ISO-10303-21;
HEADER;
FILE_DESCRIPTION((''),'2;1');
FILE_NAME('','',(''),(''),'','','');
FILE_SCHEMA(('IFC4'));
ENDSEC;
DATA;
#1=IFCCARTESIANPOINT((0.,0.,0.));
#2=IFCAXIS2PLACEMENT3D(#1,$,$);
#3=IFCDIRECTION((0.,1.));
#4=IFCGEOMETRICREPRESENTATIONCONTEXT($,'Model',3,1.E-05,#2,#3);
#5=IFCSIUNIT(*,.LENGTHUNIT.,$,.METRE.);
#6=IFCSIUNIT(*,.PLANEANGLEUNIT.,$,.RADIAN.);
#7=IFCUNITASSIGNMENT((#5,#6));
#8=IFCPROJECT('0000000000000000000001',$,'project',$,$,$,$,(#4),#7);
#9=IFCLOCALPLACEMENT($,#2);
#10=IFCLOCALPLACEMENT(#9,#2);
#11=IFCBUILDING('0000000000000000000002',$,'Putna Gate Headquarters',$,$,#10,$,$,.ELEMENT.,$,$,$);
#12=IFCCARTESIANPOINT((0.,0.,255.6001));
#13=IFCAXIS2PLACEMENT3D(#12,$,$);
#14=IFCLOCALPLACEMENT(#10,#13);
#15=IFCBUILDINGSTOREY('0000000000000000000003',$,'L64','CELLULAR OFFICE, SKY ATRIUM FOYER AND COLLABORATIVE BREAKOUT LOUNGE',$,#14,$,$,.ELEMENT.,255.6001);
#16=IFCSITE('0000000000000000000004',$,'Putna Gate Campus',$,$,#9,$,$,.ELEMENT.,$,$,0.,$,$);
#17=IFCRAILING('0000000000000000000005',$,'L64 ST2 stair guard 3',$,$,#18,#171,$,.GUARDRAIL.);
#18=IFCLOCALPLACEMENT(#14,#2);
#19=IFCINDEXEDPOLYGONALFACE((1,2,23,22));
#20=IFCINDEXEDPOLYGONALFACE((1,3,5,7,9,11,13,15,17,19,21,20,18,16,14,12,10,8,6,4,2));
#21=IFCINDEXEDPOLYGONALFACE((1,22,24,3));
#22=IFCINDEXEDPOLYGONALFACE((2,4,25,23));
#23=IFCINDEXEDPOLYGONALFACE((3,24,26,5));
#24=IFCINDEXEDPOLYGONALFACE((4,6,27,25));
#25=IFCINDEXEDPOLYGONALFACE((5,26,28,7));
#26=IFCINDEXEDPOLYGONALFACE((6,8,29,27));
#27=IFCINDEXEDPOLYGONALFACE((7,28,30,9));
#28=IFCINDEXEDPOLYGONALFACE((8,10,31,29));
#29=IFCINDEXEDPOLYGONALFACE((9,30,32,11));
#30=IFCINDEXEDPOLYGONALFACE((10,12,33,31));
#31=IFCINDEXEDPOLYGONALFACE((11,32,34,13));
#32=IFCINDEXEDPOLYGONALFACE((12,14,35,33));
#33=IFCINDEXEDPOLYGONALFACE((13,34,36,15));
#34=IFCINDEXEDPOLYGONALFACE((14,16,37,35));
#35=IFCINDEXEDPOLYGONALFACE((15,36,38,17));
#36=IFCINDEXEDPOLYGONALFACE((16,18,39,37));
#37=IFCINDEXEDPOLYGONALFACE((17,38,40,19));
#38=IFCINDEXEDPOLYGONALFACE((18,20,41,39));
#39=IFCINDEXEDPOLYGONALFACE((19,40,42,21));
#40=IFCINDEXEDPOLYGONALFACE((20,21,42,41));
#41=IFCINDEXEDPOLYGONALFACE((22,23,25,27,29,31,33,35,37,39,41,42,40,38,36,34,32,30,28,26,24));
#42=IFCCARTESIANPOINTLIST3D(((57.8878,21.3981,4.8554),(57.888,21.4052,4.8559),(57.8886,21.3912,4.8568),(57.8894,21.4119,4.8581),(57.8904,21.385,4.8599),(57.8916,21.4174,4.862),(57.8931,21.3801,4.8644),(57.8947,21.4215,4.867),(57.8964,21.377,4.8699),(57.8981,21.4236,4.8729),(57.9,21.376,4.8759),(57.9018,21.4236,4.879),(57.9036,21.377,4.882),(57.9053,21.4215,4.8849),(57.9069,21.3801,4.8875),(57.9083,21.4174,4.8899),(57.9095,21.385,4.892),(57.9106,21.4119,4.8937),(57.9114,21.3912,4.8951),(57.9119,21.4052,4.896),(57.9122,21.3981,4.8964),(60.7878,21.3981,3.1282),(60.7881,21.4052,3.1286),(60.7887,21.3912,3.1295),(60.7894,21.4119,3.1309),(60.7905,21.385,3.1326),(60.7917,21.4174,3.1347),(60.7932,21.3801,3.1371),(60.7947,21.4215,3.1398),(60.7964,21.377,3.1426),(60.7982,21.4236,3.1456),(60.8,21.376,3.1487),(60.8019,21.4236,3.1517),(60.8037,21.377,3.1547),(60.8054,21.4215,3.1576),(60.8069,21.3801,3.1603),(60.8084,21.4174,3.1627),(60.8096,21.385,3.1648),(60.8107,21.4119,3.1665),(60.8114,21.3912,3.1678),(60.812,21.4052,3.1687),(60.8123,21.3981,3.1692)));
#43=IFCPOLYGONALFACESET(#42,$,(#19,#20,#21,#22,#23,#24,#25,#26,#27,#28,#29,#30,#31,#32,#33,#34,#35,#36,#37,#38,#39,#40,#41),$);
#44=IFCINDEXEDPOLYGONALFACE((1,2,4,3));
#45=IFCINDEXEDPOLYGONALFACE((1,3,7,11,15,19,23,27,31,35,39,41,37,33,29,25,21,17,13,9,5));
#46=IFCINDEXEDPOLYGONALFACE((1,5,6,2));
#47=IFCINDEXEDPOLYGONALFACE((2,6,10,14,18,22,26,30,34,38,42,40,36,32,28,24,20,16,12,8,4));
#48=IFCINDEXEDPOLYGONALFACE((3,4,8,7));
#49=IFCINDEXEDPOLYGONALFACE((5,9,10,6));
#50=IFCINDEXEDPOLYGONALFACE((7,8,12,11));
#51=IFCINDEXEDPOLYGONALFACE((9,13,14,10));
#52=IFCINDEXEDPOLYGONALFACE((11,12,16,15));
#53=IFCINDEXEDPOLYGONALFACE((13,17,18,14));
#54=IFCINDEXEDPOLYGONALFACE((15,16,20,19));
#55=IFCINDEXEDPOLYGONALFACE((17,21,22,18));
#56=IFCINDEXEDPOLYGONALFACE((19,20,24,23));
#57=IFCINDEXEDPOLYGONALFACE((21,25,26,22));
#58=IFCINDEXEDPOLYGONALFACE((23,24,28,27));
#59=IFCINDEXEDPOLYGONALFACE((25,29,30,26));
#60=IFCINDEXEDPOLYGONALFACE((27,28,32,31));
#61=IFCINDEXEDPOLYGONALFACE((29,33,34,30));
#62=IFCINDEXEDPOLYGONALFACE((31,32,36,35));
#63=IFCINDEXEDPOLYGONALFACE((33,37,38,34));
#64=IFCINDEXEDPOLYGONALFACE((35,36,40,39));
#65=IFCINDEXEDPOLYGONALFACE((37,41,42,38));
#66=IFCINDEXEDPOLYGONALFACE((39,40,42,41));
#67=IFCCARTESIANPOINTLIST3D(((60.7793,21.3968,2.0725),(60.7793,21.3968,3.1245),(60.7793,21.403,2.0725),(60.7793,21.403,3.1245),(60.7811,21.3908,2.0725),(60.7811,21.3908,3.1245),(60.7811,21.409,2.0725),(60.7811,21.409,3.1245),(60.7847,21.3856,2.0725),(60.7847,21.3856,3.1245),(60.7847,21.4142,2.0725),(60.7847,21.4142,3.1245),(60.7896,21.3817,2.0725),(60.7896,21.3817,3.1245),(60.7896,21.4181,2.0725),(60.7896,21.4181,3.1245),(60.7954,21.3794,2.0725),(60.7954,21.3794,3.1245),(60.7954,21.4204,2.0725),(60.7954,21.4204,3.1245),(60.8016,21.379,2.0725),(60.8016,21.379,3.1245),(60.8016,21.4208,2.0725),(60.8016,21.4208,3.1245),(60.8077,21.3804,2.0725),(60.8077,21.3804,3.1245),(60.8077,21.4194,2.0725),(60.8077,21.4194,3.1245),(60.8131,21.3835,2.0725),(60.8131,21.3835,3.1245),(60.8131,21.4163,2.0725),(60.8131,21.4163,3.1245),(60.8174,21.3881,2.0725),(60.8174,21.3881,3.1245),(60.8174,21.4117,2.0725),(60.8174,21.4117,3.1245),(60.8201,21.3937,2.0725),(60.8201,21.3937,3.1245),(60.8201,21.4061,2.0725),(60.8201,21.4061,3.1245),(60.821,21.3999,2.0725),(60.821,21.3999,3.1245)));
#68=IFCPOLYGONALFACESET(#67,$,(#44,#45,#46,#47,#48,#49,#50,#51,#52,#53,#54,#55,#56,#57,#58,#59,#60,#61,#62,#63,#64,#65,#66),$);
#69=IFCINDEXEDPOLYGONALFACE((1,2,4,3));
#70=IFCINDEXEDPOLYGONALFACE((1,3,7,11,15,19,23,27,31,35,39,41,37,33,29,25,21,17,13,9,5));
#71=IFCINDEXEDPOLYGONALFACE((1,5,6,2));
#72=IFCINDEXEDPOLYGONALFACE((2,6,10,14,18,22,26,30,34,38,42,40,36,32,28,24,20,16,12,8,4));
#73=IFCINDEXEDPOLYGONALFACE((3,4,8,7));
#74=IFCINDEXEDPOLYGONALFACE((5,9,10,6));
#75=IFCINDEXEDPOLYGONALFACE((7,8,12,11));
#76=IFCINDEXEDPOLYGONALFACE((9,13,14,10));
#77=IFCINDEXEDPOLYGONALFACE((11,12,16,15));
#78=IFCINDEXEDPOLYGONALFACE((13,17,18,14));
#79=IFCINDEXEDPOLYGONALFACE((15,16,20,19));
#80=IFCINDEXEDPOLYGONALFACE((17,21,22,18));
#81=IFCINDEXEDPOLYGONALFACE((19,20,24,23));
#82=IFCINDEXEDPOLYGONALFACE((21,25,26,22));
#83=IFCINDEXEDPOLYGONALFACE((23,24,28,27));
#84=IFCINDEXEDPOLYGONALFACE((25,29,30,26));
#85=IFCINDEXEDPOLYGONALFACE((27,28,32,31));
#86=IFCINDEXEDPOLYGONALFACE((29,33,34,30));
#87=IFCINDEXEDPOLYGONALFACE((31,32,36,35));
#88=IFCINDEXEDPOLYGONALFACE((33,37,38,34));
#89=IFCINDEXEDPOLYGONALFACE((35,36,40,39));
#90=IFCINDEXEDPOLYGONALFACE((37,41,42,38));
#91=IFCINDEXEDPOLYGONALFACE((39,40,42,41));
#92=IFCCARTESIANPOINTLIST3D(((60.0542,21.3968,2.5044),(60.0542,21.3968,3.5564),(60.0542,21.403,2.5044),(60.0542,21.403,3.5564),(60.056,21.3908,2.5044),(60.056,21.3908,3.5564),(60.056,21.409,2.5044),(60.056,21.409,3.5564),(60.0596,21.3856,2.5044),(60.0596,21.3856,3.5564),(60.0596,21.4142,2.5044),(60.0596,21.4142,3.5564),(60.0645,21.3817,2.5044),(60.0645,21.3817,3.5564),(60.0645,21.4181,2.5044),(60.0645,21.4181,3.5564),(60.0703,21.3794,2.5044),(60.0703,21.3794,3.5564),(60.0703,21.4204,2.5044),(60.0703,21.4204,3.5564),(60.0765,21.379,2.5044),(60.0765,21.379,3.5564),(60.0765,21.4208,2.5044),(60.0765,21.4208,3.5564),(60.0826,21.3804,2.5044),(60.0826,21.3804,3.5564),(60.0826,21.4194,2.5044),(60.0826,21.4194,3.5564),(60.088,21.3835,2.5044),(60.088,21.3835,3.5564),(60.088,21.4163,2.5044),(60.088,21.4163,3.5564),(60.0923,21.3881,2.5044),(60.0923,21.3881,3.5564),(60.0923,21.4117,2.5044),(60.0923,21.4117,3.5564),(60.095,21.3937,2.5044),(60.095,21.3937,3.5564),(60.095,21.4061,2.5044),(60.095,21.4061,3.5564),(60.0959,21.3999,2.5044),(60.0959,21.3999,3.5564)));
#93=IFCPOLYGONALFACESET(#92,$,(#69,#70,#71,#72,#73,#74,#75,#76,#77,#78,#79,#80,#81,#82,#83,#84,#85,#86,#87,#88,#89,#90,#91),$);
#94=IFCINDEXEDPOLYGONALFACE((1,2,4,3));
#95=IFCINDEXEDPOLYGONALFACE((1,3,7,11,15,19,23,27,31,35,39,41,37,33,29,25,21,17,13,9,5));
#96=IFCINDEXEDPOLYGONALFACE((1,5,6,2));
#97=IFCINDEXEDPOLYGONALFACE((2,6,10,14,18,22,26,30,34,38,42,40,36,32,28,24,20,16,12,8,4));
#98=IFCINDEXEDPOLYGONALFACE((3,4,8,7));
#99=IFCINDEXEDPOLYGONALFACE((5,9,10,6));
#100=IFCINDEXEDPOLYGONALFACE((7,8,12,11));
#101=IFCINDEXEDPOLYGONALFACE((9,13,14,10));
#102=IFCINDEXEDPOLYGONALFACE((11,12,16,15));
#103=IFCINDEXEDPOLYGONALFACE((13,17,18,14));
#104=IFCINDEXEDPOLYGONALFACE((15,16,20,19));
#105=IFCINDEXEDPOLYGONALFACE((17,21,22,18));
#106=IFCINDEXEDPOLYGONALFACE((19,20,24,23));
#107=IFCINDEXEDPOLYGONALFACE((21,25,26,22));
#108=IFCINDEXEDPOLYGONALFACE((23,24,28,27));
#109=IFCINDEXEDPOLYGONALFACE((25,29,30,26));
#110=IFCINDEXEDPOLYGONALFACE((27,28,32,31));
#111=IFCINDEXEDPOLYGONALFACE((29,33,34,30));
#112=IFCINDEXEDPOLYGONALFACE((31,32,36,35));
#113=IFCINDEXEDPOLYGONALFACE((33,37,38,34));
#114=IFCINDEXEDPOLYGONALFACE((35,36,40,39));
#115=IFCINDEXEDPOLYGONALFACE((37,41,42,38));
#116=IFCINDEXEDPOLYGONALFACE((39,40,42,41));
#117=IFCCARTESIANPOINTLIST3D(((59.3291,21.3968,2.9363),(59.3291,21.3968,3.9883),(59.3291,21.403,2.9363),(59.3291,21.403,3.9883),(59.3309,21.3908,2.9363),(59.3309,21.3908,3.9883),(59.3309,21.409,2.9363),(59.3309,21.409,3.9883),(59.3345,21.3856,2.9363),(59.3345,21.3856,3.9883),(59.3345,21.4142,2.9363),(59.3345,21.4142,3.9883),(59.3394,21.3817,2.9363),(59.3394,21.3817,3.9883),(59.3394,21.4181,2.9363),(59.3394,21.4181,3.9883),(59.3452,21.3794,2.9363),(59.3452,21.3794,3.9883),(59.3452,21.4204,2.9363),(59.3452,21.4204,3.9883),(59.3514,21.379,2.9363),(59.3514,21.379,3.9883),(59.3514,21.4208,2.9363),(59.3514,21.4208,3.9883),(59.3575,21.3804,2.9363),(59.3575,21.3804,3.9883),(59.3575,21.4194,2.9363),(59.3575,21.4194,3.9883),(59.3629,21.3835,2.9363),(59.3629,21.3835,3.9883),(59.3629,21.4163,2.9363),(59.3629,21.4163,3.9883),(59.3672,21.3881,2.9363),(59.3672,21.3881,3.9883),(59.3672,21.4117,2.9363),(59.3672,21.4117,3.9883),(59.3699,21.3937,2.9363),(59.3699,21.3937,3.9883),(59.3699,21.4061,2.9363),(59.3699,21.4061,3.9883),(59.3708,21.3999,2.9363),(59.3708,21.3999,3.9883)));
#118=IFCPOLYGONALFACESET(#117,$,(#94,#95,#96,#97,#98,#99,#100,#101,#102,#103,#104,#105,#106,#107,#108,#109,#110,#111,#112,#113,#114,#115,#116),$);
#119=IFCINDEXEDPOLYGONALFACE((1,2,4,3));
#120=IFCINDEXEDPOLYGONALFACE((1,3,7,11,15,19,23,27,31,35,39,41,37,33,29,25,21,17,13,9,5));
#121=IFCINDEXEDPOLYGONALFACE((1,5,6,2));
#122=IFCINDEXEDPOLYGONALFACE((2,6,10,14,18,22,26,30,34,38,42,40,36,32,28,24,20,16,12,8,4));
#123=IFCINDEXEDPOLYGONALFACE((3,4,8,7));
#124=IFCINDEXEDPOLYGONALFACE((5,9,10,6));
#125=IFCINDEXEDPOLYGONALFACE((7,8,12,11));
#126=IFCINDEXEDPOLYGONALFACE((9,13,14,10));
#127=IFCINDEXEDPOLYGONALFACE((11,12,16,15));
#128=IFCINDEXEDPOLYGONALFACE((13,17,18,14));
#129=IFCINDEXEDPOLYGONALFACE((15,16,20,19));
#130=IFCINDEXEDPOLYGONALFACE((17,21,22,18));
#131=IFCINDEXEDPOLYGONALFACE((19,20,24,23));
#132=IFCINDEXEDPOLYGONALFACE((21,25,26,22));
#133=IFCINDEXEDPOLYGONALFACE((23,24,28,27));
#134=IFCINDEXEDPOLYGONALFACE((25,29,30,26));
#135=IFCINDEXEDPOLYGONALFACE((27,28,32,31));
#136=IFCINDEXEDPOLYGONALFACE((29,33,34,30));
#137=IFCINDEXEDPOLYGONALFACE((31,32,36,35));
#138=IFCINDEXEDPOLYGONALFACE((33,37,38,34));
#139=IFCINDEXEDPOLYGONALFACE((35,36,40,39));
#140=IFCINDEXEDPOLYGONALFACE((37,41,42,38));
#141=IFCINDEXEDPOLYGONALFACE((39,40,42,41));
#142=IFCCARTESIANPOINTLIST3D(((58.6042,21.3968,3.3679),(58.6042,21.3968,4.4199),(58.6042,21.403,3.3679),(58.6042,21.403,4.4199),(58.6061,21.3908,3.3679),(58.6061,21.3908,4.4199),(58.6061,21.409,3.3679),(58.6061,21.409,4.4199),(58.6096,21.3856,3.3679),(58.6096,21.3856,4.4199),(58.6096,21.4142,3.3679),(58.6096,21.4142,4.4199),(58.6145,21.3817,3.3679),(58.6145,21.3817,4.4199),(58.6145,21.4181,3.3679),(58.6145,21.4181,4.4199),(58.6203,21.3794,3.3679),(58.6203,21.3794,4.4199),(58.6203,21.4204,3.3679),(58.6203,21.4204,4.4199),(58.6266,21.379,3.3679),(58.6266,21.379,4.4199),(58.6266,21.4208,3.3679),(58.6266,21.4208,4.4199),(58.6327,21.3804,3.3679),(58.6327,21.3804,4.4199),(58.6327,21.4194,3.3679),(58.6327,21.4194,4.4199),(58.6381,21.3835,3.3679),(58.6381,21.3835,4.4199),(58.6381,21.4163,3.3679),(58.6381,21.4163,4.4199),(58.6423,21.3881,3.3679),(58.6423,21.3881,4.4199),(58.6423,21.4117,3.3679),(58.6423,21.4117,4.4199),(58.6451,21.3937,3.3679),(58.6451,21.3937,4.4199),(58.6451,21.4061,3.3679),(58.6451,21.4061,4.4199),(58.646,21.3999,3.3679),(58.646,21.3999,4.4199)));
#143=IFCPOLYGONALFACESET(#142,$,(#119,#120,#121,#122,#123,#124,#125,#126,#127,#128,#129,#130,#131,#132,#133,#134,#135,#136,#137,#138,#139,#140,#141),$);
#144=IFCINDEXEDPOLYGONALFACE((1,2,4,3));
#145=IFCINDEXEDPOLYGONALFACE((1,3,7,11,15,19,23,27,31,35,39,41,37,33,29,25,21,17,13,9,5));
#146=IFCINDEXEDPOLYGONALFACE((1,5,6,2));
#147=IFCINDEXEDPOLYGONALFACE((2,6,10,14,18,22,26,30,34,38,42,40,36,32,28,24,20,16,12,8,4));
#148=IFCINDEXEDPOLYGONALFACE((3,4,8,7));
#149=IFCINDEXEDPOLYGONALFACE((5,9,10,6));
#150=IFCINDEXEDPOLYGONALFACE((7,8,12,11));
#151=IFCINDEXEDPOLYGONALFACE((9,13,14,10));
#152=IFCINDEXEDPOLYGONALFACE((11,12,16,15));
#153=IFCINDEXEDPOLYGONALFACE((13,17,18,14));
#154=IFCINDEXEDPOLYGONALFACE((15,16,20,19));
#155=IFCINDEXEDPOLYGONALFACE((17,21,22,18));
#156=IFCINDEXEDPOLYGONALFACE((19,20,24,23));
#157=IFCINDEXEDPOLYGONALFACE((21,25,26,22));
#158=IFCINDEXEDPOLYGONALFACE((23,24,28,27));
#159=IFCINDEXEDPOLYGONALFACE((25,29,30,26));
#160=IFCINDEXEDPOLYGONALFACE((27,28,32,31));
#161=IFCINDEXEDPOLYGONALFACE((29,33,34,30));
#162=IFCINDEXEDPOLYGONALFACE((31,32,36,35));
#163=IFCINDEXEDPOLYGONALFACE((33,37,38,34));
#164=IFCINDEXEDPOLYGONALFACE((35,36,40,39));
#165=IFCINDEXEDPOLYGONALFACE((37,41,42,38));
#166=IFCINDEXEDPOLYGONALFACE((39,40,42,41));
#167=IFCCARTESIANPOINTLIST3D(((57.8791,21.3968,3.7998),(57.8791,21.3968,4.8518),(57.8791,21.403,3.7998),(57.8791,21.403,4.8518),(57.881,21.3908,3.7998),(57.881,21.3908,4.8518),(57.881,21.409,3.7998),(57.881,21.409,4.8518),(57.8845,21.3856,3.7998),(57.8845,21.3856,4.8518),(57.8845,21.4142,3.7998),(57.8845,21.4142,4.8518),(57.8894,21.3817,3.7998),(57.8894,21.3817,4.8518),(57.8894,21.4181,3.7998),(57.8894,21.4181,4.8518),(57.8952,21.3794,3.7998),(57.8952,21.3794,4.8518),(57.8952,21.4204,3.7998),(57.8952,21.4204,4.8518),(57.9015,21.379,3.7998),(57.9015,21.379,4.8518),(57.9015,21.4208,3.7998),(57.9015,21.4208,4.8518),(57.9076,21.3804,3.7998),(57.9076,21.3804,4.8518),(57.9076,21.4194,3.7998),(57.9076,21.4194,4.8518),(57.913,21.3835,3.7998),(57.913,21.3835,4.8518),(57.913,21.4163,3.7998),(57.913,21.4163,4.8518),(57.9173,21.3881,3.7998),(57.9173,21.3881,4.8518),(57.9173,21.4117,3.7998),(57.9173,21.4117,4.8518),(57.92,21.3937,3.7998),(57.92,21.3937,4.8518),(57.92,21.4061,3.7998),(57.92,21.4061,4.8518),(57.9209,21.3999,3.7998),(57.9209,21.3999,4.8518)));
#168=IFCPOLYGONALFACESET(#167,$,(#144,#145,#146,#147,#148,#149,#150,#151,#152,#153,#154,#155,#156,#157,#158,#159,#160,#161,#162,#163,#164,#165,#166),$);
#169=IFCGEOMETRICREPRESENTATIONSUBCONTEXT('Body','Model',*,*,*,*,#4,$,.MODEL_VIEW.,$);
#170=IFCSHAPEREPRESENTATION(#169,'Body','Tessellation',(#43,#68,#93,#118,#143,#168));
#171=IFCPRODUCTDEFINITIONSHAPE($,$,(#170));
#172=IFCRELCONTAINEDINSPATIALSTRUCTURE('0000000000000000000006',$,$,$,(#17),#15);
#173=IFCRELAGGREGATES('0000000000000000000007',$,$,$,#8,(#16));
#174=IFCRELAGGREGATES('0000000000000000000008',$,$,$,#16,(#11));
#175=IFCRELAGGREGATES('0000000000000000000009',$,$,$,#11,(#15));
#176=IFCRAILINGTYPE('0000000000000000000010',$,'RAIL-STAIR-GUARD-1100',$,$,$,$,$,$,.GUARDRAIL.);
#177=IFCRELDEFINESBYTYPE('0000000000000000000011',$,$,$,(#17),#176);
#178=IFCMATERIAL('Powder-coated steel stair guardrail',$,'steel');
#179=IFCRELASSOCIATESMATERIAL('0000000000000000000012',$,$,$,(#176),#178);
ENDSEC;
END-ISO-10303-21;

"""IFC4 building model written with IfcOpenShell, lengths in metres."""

from ifc_helpers import new_model, si_unit, direction, frame, origin, origin_2d, place, context, subcontext, project, spatial, circle, extrude, material, type_object, element, save


model = new_model("IFC4")

# Units and contexts
model_context = context("Model", 3, precision=1e-05, world=origin(), true_north=direction((0.0, 1.0)))
body_context = subcontext(model_context, "Body", "Model", "MODEL_VIEW")
ifc_project = project(units=[si_unit("LENGTHUNIT", "METRE"), si_unit("PLANEANGLEUNIT", "RADIAN")], contexts=[model_context])

# Site, building, storey
site_placement = place(None, origin())
site = spatial("IfcSite", under=ifc_project, at=site_placement, Name="Putna Gate Campus", CompositionType="ELEMENT", RefElevation=0.0)
building_placement = place(site_placement, origin())
building = spatial("IfcBuilding", under=site, at=building_placement, Name="Putna Gate Headquarters", CompositionType="ELEMENT")
storey_placement = place(building_placement, frame((0.0, 0.0, 255.6001)))
storey = spatial("IfcBuildingStorey", under=building, at=storey_placement, Name="L64", Description="CELLULAR OFFICE, SKY ATRIUM FOYER AND COLLABORATIVE BREAKOUT LOUNGE", CompositionType="ELEMENT", Elevation=255.6001)

# Railing
ifc_material_1 = material(Name="Powder-coated steel stair guardrail", Category="steel")
railing_type_1 = type_object("IfcRailingType", Name="RAIL-STAIR-GUARD-1100", PredefinedType="GUARDRAIL", material=ifc_material_1)
railing_1_placement = place(storey_placement, frame((60.8, 21.3999, 2.0725)))
element("IfcRailing", 1, at=railing_1_placement, inside=storey, type_object=railing_type_1, Name="L64 ST2 stair guard 3", PredefinedType="GUARDRAIL", context=body_context, shape_type="SweptSolid", body=[
    extrude(circle(Radius=0.0239, at=origin_2d()), frame((0.0, 0.0, 1.0762), z_axis=(-0.85916, 0.0, 0.511706), x_axis=(0.0, -1.0, 0.0)), (0.0, 0.0, 1.0), 3.3755),
    extrude(circle(Radius=0.021, at=origin_2d()), origin(), (0.0, 0.0, 1.0), 1.052),
    extrude(circle(Radius=0.021, at=origin_2d()), frame((-0.7251, 0.0, 0.4319)), (0.0, 0.0, 1.0), 1.052),
    extrude(circle(Radius=0.021, at=origin_2d()), frame((-1.4502, 0.0, 0.8638)), (0.0, 0.0, 1.0), 1.052),
    extrude(circle(Radius=0.021, at=origin_2d()), frame((-2.175, 0.0, 1.2954)), (0.0, 0.0, 1.0), 1.052),
    extrude(circle(Radius=0.021, at=origin_2d()), frame((-2.9001, 0.0, 1.7273)), (0.0, 0.0, 1.0), 1.052),
])

save(model, "model.ifc")
